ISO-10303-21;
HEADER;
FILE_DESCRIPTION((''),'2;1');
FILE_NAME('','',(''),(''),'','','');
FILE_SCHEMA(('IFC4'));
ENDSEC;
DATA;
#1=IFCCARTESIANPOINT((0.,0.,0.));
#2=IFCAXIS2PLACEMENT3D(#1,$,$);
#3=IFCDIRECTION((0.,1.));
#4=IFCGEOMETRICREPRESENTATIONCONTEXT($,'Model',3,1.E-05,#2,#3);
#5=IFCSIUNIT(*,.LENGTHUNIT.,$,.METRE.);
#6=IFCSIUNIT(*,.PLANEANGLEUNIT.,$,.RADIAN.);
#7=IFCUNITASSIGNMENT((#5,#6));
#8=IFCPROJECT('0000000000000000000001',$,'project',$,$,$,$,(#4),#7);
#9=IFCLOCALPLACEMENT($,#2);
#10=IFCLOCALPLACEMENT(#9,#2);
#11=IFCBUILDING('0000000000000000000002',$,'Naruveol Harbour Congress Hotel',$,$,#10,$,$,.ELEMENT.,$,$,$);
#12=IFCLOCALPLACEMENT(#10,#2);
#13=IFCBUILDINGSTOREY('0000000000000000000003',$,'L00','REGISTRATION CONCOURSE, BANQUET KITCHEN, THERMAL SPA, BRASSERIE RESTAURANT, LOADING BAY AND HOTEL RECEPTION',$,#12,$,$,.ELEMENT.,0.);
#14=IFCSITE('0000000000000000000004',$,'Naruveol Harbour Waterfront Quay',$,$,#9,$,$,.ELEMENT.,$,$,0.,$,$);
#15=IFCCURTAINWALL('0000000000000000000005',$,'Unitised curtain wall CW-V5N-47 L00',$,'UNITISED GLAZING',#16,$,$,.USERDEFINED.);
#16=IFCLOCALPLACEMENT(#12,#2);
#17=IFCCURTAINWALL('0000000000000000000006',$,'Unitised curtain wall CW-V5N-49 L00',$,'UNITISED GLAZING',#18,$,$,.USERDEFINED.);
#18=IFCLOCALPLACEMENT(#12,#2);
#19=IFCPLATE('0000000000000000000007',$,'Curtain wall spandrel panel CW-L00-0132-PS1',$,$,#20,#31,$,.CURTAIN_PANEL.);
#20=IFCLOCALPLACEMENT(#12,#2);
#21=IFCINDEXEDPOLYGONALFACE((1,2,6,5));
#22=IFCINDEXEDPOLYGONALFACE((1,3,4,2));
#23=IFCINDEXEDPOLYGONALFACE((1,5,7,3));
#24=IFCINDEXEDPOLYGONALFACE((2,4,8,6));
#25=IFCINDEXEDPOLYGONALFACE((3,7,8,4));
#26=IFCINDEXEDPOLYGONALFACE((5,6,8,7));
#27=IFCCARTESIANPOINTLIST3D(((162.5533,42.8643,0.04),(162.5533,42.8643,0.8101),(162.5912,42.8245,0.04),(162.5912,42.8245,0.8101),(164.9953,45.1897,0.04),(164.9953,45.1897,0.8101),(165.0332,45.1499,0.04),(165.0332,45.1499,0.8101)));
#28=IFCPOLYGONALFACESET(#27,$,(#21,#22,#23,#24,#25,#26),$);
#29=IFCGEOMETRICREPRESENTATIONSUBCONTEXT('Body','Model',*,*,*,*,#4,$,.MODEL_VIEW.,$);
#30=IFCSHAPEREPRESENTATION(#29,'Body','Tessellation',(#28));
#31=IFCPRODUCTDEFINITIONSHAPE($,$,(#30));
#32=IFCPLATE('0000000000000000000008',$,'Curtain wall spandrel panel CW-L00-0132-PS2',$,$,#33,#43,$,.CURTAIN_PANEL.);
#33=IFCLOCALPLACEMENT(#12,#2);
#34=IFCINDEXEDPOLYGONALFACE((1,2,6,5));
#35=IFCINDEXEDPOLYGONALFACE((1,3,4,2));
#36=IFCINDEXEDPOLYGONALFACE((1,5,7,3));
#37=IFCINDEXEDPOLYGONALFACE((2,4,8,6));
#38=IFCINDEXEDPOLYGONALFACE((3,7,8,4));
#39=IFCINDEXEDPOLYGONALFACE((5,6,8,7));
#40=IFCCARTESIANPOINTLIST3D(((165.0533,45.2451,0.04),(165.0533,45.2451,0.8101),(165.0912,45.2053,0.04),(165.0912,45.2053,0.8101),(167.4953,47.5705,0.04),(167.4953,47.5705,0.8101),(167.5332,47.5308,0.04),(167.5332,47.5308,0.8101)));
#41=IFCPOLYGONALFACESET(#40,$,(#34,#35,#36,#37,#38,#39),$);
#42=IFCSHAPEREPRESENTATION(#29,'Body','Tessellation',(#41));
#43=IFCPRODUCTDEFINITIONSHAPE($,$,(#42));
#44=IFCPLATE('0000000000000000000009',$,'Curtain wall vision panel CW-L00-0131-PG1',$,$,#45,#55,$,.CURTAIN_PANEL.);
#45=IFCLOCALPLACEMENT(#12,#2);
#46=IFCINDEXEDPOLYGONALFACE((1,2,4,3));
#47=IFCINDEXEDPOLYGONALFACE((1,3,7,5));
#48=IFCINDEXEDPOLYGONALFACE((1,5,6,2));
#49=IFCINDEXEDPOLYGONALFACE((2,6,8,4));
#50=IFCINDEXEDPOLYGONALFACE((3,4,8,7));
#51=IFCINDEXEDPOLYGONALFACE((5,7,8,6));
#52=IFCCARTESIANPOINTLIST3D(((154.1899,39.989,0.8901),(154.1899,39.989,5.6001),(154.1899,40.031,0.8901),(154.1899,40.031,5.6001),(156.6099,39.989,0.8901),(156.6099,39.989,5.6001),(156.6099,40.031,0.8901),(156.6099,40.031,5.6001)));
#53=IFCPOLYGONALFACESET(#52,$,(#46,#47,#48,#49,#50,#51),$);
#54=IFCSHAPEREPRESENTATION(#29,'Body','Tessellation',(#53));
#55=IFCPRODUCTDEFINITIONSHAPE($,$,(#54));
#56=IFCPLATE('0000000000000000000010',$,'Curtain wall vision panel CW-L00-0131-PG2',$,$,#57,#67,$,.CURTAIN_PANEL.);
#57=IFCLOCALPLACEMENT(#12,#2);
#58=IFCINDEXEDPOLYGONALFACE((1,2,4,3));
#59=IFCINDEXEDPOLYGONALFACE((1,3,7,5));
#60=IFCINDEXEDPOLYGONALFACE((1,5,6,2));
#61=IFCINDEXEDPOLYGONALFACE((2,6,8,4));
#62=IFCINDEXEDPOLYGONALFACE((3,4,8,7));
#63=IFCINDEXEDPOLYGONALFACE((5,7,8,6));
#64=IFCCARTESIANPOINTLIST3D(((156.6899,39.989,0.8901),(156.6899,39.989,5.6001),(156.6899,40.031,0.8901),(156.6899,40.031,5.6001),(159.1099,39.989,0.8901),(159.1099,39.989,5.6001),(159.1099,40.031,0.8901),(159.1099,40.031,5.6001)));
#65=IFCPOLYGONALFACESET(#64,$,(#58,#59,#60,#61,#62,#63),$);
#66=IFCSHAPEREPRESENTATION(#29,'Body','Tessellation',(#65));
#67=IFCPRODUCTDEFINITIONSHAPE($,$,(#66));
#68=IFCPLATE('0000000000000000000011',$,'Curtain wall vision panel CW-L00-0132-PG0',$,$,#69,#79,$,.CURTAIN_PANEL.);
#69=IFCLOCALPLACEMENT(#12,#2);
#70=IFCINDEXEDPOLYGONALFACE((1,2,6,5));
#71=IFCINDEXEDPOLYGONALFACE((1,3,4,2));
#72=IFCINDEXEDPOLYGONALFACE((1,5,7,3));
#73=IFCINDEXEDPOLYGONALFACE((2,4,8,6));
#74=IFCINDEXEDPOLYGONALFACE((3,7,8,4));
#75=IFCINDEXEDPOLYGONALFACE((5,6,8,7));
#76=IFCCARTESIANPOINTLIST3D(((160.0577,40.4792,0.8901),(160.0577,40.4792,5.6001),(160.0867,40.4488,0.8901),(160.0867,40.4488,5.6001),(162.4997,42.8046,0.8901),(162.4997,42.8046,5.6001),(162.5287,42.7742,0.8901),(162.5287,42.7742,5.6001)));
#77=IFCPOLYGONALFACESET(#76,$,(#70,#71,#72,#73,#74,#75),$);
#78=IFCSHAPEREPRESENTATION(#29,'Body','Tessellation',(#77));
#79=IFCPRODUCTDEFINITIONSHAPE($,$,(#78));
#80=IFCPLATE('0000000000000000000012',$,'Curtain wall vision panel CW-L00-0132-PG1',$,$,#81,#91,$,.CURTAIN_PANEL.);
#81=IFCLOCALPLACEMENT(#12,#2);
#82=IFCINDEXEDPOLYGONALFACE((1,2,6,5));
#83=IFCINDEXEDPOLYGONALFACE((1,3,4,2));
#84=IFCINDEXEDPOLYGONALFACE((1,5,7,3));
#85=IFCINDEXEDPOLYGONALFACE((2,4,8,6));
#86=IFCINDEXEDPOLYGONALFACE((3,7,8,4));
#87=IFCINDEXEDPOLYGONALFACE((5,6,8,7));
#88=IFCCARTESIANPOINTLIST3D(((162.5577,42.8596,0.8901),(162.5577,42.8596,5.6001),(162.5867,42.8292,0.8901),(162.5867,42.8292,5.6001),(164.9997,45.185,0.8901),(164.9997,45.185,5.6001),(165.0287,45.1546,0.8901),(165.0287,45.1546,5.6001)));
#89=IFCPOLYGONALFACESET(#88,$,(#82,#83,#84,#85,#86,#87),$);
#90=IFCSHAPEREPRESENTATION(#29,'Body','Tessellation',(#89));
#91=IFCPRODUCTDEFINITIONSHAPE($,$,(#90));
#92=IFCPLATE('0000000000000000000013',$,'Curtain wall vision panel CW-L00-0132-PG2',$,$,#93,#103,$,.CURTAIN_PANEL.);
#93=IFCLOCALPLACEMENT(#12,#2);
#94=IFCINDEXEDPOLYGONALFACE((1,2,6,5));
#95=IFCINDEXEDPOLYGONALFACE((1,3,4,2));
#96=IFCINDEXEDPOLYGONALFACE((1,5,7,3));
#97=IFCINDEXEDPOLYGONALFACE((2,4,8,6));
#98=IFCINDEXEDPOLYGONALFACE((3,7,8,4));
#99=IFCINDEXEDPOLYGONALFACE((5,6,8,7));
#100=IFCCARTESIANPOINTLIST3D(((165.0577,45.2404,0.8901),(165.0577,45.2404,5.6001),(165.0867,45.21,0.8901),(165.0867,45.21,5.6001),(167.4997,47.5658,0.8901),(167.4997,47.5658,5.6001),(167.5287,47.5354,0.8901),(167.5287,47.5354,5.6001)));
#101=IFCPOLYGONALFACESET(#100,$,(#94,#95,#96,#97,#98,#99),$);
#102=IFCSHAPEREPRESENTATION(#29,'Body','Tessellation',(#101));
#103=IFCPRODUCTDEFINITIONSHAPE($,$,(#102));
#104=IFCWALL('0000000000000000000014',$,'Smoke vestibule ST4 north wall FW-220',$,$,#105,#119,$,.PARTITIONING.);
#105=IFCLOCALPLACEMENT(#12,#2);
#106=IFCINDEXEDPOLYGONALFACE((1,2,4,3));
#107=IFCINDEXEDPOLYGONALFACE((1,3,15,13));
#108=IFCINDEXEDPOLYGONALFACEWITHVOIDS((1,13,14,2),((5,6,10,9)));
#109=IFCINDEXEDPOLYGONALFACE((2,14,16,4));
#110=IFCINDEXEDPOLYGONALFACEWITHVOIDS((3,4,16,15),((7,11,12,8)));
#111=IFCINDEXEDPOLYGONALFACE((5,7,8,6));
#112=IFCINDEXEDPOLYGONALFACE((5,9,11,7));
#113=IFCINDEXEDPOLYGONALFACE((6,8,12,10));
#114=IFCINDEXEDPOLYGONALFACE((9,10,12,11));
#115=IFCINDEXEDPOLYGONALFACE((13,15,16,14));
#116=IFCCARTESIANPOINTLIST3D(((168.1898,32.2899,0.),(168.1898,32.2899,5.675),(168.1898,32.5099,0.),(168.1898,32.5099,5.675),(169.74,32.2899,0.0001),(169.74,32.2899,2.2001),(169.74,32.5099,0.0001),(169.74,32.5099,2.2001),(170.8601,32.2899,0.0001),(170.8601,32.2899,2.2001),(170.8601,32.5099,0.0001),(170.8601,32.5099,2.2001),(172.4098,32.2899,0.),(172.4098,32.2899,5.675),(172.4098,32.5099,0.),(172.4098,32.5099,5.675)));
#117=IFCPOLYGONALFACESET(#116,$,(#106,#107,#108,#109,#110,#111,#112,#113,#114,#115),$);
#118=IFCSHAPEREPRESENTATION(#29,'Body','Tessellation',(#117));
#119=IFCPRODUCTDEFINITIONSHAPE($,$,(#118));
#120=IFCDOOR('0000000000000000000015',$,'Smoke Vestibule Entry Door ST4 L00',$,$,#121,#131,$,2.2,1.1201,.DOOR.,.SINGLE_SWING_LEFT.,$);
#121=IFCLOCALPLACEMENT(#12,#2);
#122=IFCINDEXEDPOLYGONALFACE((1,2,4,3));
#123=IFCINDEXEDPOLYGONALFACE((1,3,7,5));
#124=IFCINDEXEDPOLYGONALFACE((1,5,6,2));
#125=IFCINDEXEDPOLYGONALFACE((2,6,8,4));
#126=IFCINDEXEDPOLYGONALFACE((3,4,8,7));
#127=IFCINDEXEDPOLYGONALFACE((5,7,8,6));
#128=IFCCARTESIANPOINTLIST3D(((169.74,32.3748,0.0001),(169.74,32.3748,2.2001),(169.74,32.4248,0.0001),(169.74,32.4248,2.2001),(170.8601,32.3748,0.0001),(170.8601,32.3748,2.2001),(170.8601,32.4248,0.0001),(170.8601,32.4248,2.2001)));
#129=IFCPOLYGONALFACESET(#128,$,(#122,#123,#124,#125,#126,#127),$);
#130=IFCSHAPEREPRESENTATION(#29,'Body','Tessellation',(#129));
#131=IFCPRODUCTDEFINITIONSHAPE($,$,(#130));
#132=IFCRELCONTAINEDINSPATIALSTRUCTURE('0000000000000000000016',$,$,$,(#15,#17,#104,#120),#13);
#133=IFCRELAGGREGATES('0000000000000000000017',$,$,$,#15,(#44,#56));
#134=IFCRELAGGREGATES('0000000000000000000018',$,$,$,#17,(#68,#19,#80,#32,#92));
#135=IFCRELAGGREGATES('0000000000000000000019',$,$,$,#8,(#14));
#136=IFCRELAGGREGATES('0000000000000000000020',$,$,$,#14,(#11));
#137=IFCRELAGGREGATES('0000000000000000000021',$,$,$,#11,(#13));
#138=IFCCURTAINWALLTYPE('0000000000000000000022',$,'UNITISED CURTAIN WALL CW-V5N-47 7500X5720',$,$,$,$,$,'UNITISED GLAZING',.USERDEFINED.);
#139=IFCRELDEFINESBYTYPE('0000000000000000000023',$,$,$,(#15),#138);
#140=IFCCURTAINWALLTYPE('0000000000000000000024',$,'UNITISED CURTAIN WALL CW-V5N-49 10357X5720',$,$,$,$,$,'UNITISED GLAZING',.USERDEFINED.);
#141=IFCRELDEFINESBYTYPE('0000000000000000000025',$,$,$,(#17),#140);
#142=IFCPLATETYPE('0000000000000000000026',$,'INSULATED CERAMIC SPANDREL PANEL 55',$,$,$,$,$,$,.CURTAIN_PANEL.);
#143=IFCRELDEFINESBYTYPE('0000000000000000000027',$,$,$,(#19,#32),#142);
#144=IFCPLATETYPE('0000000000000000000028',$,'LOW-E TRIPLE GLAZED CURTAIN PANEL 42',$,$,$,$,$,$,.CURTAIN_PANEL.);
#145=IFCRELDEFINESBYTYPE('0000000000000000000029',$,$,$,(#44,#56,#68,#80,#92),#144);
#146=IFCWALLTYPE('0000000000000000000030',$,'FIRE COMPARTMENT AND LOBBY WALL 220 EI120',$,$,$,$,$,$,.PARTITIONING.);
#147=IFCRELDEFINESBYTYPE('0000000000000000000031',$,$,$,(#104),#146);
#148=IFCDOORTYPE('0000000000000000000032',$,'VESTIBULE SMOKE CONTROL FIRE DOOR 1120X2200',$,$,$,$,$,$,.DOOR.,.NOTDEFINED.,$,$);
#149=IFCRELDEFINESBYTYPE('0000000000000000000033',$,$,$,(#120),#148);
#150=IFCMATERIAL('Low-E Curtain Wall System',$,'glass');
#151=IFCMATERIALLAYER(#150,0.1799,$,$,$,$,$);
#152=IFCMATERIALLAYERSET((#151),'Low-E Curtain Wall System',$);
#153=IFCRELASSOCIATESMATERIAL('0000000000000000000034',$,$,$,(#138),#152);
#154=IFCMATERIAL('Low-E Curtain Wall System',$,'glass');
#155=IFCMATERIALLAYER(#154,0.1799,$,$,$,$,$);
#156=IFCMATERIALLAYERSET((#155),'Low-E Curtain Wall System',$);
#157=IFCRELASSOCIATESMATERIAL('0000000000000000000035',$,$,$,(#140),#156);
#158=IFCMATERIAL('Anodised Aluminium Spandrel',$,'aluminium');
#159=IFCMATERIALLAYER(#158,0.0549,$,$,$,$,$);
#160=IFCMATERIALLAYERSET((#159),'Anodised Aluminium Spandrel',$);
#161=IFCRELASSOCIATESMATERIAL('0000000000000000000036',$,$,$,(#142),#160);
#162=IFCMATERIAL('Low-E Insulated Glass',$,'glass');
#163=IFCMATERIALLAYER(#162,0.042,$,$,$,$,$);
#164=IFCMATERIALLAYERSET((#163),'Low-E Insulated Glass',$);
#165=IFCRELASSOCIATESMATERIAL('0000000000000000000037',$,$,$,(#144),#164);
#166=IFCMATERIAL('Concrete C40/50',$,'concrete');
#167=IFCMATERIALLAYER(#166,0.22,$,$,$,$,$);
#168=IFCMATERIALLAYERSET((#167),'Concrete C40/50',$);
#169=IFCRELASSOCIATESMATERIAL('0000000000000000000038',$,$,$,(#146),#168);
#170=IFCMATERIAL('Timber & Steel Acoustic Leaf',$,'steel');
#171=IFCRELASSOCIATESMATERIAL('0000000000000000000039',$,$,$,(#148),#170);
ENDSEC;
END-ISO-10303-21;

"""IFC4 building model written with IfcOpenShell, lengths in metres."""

from ifc_helpers import new_model, si_unit, direction, frame, frame_2d, origin, origin_2d, place, context, subcontext, project, spatial, rectangle, extrude, material, layer, layer_set, type_object, element, fill, aggregate, save


model = new_model("IFC4")

# Units and contexts
model_context = context("Model", 3, precision=1e-05, world=origin(), true_north=direction((0.0, 1.0)))
body_context = subcontext(model_context, "Body", "Model", "MODEL_VIEW")
ifc_project = project(units=[si_unit("LENGTHUNIT", "METRE"), si_unit("PLANEANGLEUNIT", "RADIAN")], contexts=[model_context])

# Site, building, storey
site_placement = place(None, origin())
site = spatial("IfcSite", under=ifc_project, at=site_placement, Name="Naruveol Harbour Waterfront Quay", CompositionType="ELEMENT", RefElevation=0.0)
building_placement = place(site_placement, origin())
building = spatial("IfcBuilding", under=site, at=building_placement, Name="Naruveol Harbour Congress Hotel", CompositionType="ELEMENT")
storey_placement = place(building_placement, origin())
storey = spatial("IfcBuildingStorey", under=building, at=storey_placement, Name="L00", Description="REGISTRATION CONCOURSE, BANQUET KITCHEN, THERMAL SPA, BRASSERIE RESTAURANT, LOADING BAY AND HOTEL RECEPTION", CompositionType="ELEMENT", Elevation=0.0)

# Curtain walls
ifc_material_1 = material(Name="Low-E Curtain Wall System", Category="glass")
ifc_layer_1 = layer(ifc_material_1, 0.1799)
ifc_layer_set_1 = layer_set([ifc_layer_1], Name="Low-E Curtain Wall System")
curtain_wall_type_1 = type_object("IfcCurtainWallType", Name="UNITISED CURTAIN WALL CW-V5N-47 7500X5720", ElementType="UNITISED GLAZING", PredefinedType="USERDEFINED", material=ifc_layer_set_1)
curtain_wall_1_placement = place(storey_placement, origin())
curtain_wall_1 = element("IfcCurtainWall", 1, at=curtain_wall_1_placement, inside=storey, type_object=curtain_wall_type_1, Name="Unitised curtain wall CW-V5N-47 L00", ObjectType="UNITISED GLAZING", PredefinedType="USERDEFINED")
ifc_material_2 = material(Name="Low-E Curtain Wall System", Category="glass")
ifc_layer_2 = layer(ifc_material_2, 0.1799)
ifc_layer_set_2 = layer_set([ifc_layer_2], Name="Low-E Curtain Wall System")
curtain_wall_type_2 = type_object("IfcCurtainWallType", Name="UNITISED CURTAIN WALL CW-V5N-49 10357X5720", ElementType="UNITISED GLAZING", PredefinedType="USERDEFINED", material=ifc_layer_set_2)
curtain_wall_2_placement = place(storey_placement, origin())
curtain_wall_2 = element("IfcCurtainWall", 2, at=curtain_wall_2_placement, inside=storey, type_object=curtain_wall_type_2, Name="Unitised curtain wall CW-V5N-49 L00", ObjectType="UNITISED GLAZING", PredefinedType="USERDEFINED")

# Plates
ifc_material_3 = material(Name="Anodised Aluminium Spandrel", Category="aluminium")
ifc_layer_3 = layer(ifc_material_3, 0.0549)
ifc_layer_set_3 = layer_set([ifc_layer_3], Name="Anodised Aluminium Spandrel")
plate_type_1 = type_object("IfcPlateType", Name="INSULATED CERAMIC SPANDREL PANEL 55", PredefinedType="CURTAIN_PANEL", material=ifc_layer_set_3)
plate_1_placement = place(storey_placement, frame((163.7932, 44.0071, 0.04), z_axis=(0.0, 0.0, 1.0), x_axis=(0.724184, 0.689607, 0.0)))
plate_1 = element("IfcPlate", 3, at=plate_1_placement, type_object=plate_type_1, Name="Curtain wall spandrel panel CW-L00-0132-PS1", PredefinedType="CURTAIN_PANEL", context=body_context, shape_type="SweptSolid", body=[
    extrude(rectangle(XDim=3.3721, YDim=0.0549, at=origin_2d()), origin(), (0.0, 0.0, 1.0), 0.77),
])
plate_2_placement = place(storey_placement, frame((166.2932, 46.3879, 0.04), z_axis=(0.0, 0.0, 1.0), x_axis=(0.724184, 0.689607, 0.0)))
plate_2 = element("IfcPlate", 4, at=plate_2_placement, type_object=plate_type_1, Name="Curtain wall spandrel panel CW-L00-0132-PS2", PredefinedType="CURTAIN_PANEL", context=body_context, shape_type="SweptSolid", body=[
    extrude(rectangle(XDim=3.3721, YDim=0.0549, at=origin_2d()), origin(), (0.0, 0.0, 1.0), 0.77),
])
ifc_material_4 = material(Name="Low-E Insulated Glass", Category="glass")
ifc_layer_4 = layer(ifc_material_4, 0.042)
ifc_layer_set_4 = layer_set([ifc_layer_4], Name="Low-E Insulated Glass")
plate_type_2 = type_object("IfcPlateType", Name="LOW-E TRIPLE GLAZED CURTAIN PANEL 42", PredefinedType="CURTAIN_PANEL", material=ifc_layer_set_4)
plate_3_placement = place(storey_placement, frame((155.3999, 40.01, 0.8901), z_axis=(0.0, 0.0, 1.0), x_axis=(1.0, 0.0, 0.0)))
plate_3 = element("IfcPlate", 5, at=plate_3_placement, type_object=plate_type_2, Name="Curtain wall vision panel CW-L00-0131-PG1", PredefinedType="CURTAIN_PANEL", context=body_context, shape_type="SweptSolid", body=[
    extrude(rectangle(XDim=2.4199, YDim=0.042, at=origin_2d()), origin(), (0.0, 0.0, 1.0), 4.71),
])
plate_4_placement = place(storey_placement, frame((157.8999, 40.01, 0.8901), z_axis=(0.0, 0.0, 1.0), x_axis=(1.0, 0.0, 0.0)))
plate_4 = element("IfcPlate", 6, at=plate_4_placement, type_object=plate_type_2, Name="Curtain wall vision panel CW-L00-0131-PG2", PredefinedType="CURTAIN_PANEL", context=body_context, shape_type="SweptSolid", body=[
    extrude(rectangle(XDim=2.4199, YDim=0.042, at=origin_2d()), origin(), (0.0, 0.0, 1.0), 4.71),
])
aggregate(curtain_wall_1, [plate_3, plate_4])
plate_5_placement = place(storey_placement, frame((161.2932, 41.6267, 0.8901), z_axis=(0.0, 0.0, 1.0), x_axis=(0.724184, 0.689607, 0.0)))
plate_5 = element("IfcPlate", 7, at=plate_5_placement, type_object=plate_type_2, Name="Curtain wall vision panel CW-L00-0132-PG0", PredefinedType="CURTAIN_PANEL", context=body_context, shape_type="SweptSolid", body=[
    extrude(rectangle(XDim=3.3721, YDim=0.042, at=origin_2d()), origin(), (0.0, 0.0, 1.0), 4.71),
])
plate_6_placement = place(storey_placement, frame((163.7932, 44.0071, 0.8901), z_axis=(0.0, 0.0, 1.0), x_axis=(0.724184, 0.689607, 0.0)))
plate_6 = element("IfcPlate", 8, at=plate_6_placement, type_object=plate_type_2, Name="Curtain wall vision panel CW-L00-0132-PG1", PredefinedType="CURTAIN_PANEL", context=body_context, shape_type="SweptSolid", body=[
    extrude(rectangle(XDim=3.3721, YDim=0.042, at=origin_2d()), origin(), (0.0, 0.0, 1.0), 4.71),
])
plate_7_placement = place(storey_placement, frame((166.2932, 46.3879, 0.8901), z_axis=(0.0, 0.0, 1.0), x_axis=(0.724184, 0.689607, 0.0)))
plate_7 = element("IfcPlate", 9, at=plate_7_placement, type_object=plate_type_2, Name="Curtain wall vision panel CW-L00-0132-PG2", PredefinedType="CURTAIN_PANEL", context=body_context, shape_type="SweptSolid", body=[
    extrude(rectangle(XDim=3.3721, YDim=0.042, at=origin_2d()), origin(), (0.0, 0.0, 1.0), 4.71),
])
aggregate(curtain_wall_2, [plate_5, plate_1, plate_6, plate_2, plate_7])

# Wall, opening, door
ifc_material_5 = material(Name="Concrete C40/50", Category="concrete")
ifc_layer_5 = layer(ifc_material_5, 0.22)
ifc_layer_set_5 = layer_set([ifc_layer_5], Name="Concrete C40/50")
wall_type = type_object("IfcWallType", Name="FIRE COMPARTMENT AND LOBBY WALL 220 EI120", PredefinedType="PARTITIONING", material=ifc_layer_set_5)
wall_placement = place(storey_placement, frame((168.1899, 32.3999, 0.0), z_axis=(0.0, 0.0, 1.0), x_axis=(1.0, 0.0, 0.0)))
wall = element("IfcWall", 10, at=wall_placement, inside=storey, type_object=wall_type, Name="Smoke vestibule ST4 north wall FW-220", PredefinedType="PARTITIONING", context=body_context, shape_type="SweptSolid", body=[
    extrude(rectangle(XDim=4.22, YDim=0.22, at=frame_2d((2.1099, 0.0))), origin(), (0.0, 0.0, 1.0), 5.675),
])
opening_placement = place(wall_placement, frame((1.55, 0.0, 0.0)))
opening = element("IfcOpeningElement", 11, at=opening_placement, cuts=wall, PredefinedType="OPENING", context=body_context, shape_type="SweptSolid", body=[
    extrude(rectangle(XDim=1.1201, YDim=2.2, at=frame_2d((0.5601, 1.1001))), frame((0.0, 0.1199, 0.0), z_axis=(0.0, -1.0, 0.0), x_axis=(1.0, 0.0, 0.0)), (0.0, 0.0, 1.0), 0.24),
])
ifc_material_6 = material(Name="Timber & Steel Acoustic Leaf", Category="steel")
door_type = type_object("IfcDoorType", Name="VESTIBULE SMOKE CONTROL FIRE DOOR 1120X2200", OperationType="NOTDEFINED", PredefinedType="DOOR", material=ifc_material_6)
door_placement = place(opening_placement, origin())
door = element("IfcDoor", 12, at=door_placement, inside=storey, type_object=door_type, Name="Smoke Vestibule Entry Door ST4 L00", OperationType="SINGLE_SWING_LEFT", OverallHeight=2.2, OverallWidth=1.1201, PredefinedType="DOOR", context=body_context, shape_type="SweptSolid", body=[
    extrude(rectangle(XDim=1.1201, YDim=2.2, at=frame_2d((0.5601, 1.1001))), frame((0.0, 0.0249, 0.0), z_axis=(0.0, -1.0, 0.0), x_axis=(1.0, 0.0, 0.0)), (0.0, 0.0, 1.0), 0.05),
])
fill(opening, door)

save(model, "model.ifc")
